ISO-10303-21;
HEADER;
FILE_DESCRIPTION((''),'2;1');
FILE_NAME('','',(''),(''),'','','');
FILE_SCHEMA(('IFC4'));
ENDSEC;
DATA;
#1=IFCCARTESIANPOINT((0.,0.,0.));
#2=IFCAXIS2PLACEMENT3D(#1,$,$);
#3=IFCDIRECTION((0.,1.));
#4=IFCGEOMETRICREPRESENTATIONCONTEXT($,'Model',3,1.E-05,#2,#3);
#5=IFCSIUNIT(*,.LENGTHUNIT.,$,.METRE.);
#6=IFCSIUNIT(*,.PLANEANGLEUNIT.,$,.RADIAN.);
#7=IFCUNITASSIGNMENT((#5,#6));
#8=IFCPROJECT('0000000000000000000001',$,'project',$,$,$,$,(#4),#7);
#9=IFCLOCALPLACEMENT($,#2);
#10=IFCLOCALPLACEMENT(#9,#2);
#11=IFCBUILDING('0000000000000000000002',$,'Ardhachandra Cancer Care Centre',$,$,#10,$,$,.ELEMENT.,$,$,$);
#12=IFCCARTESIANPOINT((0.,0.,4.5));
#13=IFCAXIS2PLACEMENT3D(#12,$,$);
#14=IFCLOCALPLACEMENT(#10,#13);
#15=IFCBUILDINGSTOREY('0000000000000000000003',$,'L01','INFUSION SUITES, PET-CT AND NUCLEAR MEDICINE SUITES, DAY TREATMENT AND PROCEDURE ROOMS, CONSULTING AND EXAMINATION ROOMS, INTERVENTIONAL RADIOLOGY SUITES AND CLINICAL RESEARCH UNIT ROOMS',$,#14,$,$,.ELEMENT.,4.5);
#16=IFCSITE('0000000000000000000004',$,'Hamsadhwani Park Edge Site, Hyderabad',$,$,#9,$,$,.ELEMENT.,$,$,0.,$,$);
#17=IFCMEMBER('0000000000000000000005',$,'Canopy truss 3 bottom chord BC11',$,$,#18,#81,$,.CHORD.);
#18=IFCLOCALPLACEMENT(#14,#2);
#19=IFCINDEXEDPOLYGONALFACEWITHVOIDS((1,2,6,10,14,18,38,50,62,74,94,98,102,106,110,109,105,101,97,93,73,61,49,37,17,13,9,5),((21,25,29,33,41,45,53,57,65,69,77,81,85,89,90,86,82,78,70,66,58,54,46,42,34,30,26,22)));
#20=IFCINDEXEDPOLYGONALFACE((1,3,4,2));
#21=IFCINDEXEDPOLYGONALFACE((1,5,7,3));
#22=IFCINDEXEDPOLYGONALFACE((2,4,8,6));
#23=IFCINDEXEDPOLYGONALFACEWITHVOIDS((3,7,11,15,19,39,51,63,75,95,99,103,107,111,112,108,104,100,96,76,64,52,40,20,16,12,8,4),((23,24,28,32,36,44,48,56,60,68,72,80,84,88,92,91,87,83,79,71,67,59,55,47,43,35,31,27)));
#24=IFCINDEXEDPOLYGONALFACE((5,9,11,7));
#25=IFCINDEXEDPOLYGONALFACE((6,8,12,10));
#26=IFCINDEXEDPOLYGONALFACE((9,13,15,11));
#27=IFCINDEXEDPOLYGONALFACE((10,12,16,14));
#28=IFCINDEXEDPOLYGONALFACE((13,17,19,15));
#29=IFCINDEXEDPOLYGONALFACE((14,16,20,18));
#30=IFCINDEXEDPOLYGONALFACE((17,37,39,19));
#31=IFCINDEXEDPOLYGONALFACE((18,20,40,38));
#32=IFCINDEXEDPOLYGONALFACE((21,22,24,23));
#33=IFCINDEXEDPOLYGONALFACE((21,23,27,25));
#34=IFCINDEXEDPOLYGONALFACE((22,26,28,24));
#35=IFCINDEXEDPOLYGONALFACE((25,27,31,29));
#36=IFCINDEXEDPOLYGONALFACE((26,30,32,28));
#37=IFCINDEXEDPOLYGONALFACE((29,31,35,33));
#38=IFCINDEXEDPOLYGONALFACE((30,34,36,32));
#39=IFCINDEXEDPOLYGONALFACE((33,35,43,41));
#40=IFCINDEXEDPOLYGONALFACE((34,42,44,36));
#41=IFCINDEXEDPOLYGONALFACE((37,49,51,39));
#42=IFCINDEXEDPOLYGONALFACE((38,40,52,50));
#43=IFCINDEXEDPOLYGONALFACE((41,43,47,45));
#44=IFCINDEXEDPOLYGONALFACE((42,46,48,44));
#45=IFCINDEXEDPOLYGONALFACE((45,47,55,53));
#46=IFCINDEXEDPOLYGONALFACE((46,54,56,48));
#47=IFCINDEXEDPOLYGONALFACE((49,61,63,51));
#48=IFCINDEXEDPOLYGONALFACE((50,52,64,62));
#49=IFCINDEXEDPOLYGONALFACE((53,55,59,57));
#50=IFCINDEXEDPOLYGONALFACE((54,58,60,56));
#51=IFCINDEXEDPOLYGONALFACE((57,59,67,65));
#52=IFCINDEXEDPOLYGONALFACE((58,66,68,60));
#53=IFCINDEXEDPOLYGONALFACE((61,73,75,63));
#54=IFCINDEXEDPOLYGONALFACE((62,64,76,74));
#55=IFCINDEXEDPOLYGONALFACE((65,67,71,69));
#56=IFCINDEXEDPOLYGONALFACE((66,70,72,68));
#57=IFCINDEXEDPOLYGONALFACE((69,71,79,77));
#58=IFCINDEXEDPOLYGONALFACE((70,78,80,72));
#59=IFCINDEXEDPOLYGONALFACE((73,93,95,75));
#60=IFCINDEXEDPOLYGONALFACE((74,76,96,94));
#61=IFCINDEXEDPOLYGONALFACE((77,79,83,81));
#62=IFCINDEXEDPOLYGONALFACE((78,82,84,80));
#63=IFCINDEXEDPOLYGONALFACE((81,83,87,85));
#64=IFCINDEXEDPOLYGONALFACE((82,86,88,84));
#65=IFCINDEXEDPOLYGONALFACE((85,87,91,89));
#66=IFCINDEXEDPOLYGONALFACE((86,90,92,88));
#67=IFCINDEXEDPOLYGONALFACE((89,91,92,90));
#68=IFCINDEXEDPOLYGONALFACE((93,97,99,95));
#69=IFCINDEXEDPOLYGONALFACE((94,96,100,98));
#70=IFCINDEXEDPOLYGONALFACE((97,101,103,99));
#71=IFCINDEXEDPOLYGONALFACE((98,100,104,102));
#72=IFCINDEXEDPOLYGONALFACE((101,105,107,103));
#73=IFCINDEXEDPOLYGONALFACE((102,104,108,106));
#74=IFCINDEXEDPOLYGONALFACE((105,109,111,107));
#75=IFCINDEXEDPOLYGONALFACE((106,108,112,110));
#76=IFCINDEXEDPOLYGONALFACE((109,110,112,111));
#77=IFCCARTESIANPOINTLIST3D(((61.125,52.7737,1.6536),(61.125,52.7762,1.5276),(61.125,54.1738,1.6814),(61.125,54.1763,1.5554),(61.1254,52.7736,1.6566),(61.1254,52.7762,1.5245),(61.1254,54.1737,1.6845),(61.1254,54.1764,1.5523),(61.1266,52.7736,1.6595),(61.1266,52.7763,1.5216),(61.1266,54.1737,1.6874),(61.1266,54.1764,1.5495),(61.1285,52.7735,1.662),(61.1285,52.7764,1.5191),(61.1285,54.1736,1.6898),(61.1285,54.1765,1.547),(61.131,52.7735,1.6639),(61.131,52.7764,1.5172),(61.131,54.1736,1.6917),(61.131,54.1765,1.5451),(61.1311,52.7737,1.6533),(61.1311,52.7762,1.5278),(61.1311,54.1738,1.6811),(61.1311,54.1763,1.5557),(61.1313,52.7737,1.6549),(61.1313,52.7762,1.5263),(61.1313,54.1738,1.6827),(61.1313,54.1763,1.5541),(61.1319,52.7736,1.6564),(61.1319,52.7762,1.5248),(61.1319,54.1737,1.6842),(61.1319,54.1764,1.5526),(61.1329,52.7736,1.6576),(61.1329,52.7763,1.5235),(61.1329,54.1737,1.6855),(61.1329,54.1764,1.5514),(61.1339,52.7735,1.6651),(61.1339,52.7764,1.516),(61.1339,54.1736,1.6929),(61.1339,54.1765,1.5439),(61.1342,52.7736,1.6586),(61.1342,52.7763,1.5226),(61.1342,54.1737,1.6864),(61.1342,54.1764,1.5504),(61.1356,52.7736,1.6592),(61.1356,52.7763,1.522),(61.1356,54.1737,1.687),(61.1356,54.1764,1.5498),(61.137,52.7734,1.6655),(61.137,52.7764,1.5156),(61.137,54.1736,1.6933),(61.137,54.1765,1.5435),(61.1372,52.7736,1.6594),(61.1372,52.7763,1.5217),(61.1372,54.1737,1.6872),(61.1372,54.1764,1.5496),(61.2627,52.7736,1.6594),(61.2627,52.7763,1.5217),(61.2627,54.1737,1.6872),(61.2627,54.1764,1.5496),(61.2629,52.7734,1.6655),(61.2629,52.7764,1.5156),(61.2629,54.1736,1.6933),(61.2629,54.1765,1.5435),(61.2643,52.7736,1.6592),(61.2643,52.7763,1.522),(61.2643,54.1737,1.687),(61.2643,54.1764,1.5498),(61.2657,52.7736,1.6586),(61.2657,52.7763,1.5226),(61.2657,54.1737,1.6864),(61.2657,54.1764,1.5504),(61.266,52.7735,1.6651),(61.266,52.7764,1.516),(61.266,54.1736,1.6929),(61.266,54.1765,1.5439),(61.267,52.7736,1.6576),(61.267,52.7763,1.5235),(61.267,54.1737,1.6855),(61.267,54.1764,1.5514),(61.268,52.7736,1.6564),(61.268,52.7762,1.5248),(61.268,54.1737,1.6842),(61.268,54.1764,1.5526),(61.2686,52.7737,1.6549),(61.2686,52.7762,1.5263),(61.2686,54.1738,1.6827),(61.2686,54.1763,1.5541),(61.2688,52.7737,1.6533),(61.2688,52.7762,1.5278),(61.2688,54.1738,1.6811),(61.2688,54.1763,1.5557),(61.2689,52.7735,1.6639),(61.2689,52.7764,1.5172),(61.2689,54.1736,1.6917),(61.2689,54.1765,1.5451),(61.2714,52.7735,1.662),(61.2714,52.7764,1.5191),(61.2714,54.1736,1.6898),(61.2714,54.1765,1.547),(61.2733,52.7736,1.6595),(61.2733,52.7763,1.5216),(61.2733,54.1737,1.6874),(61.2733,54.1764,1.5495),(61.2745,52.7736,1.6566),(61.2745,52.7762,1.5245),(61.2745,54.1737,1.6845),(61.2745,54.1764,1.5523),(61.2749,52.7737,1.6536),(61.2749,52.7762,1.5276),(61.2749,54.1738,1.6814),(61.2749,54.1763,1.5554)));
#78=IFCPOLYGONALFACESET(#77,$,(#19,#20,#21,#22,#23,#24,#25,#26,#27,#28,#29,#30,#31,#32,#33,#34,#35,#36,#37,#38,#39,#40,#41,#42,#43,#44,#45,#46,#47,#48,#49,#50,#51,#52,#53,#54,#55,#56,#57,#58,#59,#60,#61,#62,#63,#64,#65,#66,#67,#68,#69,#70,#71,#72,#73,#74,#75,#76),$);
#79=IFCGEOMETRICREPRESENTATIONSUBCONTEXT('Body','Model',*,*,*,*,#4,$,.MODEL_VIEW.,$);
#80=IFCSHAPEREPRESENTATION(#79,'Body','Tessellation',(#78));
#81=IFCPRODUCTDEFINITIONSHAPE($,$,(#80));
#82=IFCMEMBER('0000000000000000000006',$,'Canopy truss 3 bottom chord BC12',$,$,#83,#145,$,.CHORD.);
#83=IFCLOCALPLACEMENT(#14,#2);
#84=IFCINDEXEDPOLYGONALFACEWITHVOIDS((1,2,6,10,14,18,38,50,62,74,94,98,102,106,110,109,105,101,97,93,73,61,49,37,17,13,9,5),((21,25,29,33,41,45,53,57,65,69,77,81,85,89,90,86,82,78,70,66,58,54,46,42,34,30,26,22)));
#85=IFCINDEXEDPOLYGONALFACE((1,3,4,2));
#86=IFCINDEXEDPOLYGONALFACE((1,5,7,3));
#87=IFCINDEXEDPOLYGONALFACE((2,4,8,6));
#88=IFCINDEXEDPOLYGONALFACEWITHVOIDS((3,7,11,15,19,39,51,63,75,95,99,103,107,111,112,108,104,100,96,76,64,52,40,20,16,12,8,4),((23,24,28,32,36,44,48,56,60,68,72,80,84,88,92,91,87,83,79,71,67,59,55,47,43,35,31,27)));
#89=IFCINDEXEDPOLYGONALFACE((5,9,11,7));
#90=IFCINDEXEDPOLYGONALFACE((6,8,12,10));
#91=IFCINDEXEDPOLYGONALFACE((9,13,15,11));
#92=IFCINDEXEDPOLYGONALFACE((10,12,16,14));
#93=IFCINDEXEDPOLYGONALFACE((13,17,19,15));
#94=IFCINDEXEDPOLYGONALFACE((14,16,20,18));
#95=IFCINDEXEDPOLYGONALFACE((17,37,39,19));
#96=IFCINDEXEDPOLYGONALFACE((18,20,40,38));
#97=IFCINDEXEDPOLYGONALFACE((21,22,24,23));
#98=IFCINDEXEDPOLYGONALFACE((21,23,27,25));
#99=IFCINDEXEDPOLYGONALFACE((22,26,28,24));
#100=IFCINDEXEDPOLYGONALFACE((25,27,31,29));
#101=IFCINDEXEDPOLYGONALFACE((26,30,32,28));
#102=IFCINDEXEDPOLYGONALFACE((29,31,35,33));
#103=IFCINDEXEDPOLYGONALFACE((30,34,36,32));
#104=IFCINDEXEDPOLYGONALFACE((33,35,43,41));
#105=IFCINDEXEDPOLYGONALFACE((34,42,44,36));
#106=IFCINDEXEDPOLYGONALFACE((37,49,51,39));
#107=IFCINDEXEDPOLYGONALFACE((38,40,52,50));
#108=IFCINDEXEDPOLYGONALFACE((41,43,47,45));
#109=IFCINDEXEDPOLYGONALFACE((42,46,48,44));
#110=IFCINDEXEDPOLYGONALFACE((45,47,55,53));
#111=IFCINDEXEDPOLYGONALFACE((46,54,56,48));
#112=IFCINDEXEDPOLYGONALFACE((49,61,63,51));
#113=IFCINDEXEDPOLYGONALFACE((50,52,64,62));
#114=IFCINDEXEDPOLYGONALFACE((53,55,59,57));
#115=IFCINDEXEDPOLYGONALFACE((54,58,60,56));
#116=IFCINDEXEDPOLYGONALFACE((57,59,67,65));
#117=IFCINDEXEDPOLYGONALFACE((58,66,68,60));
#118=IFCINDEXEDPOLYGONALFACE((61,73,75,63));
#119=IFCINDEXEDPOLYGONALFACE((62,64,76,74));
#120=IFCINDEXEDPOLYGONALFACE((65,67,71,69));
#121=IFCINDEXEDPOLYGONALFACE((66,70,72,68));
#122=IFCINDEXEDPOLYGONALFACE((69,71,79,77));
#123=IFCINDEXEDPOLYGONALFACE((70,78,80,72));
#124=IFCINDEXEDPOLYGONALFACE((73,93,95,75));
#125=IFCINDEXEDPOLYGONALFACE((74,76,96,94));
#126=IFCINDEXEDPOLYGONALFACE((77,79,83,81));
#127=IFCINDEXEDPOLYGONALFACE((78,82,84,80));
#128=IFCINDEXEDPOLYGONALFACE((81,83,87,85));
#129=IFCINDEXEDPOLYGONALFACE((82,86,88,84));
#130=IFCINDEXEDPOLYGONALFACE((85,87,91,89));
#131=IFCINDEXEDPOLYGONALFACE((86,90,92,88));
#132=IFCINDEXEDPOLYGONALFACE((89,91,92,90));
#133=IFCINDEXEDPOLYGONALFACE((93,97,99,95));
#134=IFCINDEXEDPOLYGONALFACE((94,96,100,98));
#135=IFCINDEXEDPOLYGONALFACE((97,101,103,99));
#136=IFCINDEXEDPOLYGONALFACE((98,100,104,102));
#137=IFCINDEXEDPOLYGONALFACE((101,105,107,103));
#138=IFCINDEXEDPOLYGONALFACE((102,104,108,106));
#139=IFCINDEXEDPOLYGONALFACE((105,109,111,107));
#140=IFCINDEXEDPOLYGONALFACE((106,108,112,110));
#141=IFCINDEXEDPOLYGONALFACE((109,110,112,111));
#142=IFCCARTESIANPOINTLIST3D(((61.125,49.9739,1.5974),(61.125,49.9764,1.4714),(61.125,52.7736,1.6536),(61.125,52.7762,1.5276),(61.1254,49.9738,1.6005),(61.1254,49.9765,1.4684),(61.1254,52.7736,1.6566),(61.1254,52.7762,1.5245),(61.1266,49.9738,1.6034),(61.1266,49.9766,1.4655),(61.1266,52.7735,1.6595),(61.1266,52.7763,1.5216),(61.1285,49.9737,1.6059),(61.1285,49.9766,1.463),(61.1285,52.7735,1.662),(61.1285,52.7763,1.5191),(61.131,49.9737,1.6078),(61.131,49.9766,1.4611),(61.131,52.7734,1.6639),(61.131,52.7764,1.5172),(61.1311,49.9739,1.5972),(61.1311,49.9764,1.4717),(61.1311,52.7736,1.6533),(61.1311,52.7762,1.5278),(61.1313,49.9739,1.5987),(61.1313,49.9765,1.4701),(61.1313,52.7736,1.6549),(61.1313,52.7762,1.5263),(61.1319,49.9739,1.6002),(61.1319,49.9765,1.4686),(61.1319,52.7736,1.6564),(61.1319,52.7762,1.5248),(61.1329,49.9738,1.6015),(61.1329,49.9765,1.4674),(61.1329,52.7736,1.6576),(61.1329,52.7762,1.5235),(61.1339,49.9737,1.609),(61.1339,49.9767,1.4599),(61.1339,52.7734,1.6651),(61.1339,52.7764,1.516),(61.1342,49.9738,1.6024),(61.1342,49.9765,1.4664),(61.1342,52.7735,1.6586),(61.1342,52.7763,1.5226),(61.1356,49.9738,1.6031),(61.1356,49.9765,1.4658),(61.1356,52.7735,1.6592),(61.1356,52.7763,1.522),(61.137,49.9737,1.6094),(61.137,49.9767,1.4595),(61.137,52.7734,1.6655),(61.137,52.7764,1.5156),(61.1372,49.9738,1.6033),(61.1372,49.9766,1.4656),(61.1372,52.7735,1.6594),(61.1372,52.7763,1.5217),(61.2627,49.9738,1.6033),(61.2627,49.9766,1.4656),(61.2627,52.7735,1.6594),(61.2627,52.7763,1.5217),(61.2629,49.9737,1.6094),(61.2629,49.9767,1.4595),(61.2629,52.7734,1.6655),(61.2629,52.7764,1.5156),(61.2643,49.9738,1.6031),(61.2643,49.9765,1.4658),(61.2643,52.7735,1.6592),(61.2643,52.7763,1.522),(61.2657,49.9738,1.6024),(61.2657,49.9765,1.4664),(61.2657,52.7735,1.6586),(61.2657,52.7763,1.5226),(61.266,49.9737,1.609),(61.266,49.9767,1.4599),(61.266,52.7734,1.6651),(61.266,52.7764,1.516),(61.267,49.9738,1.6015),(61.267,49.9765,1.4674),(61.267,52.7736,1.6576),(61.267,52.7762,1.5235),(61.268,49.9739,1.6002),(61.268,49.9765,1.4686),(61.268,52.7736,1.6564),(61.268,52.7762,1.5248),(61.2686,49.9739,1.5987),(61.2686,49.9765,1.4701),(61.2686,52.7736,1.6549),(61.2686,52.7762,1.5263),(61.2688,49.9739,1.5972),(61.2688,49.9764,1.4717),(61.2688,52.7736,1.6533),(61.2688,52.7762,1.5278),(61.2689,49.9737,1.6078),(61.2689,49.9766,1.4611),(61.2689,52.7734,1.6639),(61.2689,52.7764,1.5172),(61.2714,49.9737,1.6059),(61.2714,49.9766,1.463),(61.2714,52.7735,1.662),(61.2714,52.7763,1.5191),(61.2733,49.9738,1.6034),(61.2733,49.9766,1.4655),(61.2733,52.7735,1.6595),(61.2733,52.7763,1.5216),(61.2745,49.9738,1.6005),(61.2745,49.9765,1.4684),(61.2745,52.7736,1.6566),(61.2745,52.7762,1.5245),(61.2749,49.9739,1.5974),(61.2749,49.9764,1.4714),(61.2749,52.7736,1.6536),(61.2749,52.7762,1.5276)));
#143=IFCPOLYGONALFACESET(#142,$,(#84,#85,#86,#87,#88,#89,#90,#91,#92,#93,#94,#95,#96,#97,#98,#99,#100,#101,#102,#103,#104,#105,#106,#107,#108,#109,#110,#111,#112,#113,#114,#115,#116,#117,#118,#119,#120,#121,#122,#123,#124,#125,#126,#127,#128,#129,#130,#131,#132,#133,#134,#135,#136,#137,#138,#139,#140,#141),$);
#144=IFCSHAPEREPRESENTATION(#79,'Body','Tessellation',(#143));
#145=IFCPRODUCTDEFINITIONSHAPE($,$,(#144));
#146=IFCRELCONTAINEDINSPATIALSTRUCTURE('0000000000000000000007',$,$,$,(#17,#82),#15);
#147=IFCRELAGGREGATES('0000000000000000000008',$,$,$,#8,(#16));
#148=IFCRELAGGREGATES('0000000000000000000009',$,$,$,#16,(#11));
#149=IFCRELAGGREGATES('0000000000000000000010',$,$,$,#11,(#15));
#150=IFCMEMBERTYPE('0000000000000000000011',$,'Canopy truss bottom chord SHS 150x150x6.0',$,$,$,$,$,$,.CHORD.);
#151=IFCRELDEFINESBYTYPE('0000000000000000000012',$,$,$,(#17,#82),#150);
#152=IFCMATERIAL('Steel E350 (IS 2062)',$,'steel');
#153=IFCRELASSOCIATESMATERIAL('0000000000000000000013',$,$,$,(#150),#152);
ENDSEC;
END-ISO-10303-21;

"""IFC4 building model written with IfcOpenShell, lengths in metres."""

from ifc_helpers import new_model, si_unit, direction, frame, origin, origin_2d, place, context, subcontext, project, spatial, hollow_rectangle, extrude, material, material_profile, profile_set, type_object, element, save


model = new_model("IFC4")

# Units and contexts
model_context = context("Model", 3, precision=1e-05, world=origin(), true_north=direction((0.0, 1.0)))
body_context = subcontext(model_context, "Body", "Model", "MODEL_VIEW")
ifc_project = project(units=[si_unit("LENGTHUNIT", "METRE"), si_unit("PLANEANGLEUNIT", "RADIAN")], contexts=[model_context])

# Site, building, storey
site_placement = place(None, origin())
site = spatial("IfcSite", under=ifc_project, at=site_placement, Name="Hamsadhwani Park Edge Site, Hyderabad", CompositionType="ELEMENT", RefElevation=0.0)
building_placement = place(site_placement, origin())
building = spatial("IfcBuilding", under=site, at=building_placement, Name="Ardhachandra Cancer Care Centre", CompositionType="ELEMENT")
storey_placement = place(building_placement, frame((0.0, 0.0, 4.5)))
storey = spatial("IfcBuildingStorey", under=building, at=storey_placement, Name="L01", Description="INFUSION SUITES, PET-CT AND NUCLEAR MEDICINE SUITES, DAY TREATMENT AND PROCEDURE ROOMS, CONSULTING AND EXAMINATION ROOMS, INTERVENTIONAL RADIOLOGY SUITES AND CLINICAL RESEARCH UNIT ROOMS", CompositionType="ELEMENT", Elevation=4.5)

# Members
ifc_material_1 = material(Name="Steel E350 (IS 2062)", Category="steel")
ifc_material_profile_1 = material_profile(ifc_material_1, hollow_rectangle(XDim=0.1499, YDim=0.1499, WallThickness=0.0061, InnerFilletRadius=0.0061, OuterFilletRadius=0.012, at=origin_2d()), Name="SHS 150x150x6.0")
ifc_profile_set_1 = profile_set([ifc_material_profile_1], Name="Steel E350 (IS 2062)")
member_type_1 = type_object("IfcMemberType", Name="Canopy truss bottom chord SHS 150x150x6.0", PredefinedType="CHORD", material=ifc_profile_set_1)
member_1_placement = place(storey_placement, frame((61.2, 54.175, 1.6184), z_axis=(0.0, -0.999802, -0.019874), x_axis=(1.0, 0.0, 0.0)))
element("IfcMember", 1, at=member_1_placement, inside=storey, type_object=member_type_1, Name="Canopy truss 3 bottom chord BC11", PredefinedType="CHORD", context=body_context, shape_type="SweptSolid", body=[
    extrude(hollow_rectangle(XDim=0.1499, YDim=0.1499, WallThickness=0.0061, InnerFilletRadius=0.0061, OuterFilletRadius=0.012, at=origin_2d()), origin(), (0.0, 0.0, 1.0), 1.4004),
])
member_2_placement = place(storey_placement, frame((61.2, 52.7749, 1.5906), z_axis=(0.0, -0.999799, -0.020052), x_axis=(1.0, 0.0, 0.0)))
element("IfcMember", 2, at=member_2_placement, inside=storey, type_object=member_type_1, Name="Canopy truss 3 bottom chord BC12", PredefinedType="CHORD", context=body_context, shape_type="SweptSolid", body=[
    extrude(hollow_rectangle(XDim=0.1499, YDim=0.1499, WallThickness=0.0061, InnerFilletRadius=0.0061, OuterFilletRadius=0.012, at=origin_2d()), origin(), (0.0, 0.0, 1.0), 2.8003),
])

save(model, "model.ifc")
